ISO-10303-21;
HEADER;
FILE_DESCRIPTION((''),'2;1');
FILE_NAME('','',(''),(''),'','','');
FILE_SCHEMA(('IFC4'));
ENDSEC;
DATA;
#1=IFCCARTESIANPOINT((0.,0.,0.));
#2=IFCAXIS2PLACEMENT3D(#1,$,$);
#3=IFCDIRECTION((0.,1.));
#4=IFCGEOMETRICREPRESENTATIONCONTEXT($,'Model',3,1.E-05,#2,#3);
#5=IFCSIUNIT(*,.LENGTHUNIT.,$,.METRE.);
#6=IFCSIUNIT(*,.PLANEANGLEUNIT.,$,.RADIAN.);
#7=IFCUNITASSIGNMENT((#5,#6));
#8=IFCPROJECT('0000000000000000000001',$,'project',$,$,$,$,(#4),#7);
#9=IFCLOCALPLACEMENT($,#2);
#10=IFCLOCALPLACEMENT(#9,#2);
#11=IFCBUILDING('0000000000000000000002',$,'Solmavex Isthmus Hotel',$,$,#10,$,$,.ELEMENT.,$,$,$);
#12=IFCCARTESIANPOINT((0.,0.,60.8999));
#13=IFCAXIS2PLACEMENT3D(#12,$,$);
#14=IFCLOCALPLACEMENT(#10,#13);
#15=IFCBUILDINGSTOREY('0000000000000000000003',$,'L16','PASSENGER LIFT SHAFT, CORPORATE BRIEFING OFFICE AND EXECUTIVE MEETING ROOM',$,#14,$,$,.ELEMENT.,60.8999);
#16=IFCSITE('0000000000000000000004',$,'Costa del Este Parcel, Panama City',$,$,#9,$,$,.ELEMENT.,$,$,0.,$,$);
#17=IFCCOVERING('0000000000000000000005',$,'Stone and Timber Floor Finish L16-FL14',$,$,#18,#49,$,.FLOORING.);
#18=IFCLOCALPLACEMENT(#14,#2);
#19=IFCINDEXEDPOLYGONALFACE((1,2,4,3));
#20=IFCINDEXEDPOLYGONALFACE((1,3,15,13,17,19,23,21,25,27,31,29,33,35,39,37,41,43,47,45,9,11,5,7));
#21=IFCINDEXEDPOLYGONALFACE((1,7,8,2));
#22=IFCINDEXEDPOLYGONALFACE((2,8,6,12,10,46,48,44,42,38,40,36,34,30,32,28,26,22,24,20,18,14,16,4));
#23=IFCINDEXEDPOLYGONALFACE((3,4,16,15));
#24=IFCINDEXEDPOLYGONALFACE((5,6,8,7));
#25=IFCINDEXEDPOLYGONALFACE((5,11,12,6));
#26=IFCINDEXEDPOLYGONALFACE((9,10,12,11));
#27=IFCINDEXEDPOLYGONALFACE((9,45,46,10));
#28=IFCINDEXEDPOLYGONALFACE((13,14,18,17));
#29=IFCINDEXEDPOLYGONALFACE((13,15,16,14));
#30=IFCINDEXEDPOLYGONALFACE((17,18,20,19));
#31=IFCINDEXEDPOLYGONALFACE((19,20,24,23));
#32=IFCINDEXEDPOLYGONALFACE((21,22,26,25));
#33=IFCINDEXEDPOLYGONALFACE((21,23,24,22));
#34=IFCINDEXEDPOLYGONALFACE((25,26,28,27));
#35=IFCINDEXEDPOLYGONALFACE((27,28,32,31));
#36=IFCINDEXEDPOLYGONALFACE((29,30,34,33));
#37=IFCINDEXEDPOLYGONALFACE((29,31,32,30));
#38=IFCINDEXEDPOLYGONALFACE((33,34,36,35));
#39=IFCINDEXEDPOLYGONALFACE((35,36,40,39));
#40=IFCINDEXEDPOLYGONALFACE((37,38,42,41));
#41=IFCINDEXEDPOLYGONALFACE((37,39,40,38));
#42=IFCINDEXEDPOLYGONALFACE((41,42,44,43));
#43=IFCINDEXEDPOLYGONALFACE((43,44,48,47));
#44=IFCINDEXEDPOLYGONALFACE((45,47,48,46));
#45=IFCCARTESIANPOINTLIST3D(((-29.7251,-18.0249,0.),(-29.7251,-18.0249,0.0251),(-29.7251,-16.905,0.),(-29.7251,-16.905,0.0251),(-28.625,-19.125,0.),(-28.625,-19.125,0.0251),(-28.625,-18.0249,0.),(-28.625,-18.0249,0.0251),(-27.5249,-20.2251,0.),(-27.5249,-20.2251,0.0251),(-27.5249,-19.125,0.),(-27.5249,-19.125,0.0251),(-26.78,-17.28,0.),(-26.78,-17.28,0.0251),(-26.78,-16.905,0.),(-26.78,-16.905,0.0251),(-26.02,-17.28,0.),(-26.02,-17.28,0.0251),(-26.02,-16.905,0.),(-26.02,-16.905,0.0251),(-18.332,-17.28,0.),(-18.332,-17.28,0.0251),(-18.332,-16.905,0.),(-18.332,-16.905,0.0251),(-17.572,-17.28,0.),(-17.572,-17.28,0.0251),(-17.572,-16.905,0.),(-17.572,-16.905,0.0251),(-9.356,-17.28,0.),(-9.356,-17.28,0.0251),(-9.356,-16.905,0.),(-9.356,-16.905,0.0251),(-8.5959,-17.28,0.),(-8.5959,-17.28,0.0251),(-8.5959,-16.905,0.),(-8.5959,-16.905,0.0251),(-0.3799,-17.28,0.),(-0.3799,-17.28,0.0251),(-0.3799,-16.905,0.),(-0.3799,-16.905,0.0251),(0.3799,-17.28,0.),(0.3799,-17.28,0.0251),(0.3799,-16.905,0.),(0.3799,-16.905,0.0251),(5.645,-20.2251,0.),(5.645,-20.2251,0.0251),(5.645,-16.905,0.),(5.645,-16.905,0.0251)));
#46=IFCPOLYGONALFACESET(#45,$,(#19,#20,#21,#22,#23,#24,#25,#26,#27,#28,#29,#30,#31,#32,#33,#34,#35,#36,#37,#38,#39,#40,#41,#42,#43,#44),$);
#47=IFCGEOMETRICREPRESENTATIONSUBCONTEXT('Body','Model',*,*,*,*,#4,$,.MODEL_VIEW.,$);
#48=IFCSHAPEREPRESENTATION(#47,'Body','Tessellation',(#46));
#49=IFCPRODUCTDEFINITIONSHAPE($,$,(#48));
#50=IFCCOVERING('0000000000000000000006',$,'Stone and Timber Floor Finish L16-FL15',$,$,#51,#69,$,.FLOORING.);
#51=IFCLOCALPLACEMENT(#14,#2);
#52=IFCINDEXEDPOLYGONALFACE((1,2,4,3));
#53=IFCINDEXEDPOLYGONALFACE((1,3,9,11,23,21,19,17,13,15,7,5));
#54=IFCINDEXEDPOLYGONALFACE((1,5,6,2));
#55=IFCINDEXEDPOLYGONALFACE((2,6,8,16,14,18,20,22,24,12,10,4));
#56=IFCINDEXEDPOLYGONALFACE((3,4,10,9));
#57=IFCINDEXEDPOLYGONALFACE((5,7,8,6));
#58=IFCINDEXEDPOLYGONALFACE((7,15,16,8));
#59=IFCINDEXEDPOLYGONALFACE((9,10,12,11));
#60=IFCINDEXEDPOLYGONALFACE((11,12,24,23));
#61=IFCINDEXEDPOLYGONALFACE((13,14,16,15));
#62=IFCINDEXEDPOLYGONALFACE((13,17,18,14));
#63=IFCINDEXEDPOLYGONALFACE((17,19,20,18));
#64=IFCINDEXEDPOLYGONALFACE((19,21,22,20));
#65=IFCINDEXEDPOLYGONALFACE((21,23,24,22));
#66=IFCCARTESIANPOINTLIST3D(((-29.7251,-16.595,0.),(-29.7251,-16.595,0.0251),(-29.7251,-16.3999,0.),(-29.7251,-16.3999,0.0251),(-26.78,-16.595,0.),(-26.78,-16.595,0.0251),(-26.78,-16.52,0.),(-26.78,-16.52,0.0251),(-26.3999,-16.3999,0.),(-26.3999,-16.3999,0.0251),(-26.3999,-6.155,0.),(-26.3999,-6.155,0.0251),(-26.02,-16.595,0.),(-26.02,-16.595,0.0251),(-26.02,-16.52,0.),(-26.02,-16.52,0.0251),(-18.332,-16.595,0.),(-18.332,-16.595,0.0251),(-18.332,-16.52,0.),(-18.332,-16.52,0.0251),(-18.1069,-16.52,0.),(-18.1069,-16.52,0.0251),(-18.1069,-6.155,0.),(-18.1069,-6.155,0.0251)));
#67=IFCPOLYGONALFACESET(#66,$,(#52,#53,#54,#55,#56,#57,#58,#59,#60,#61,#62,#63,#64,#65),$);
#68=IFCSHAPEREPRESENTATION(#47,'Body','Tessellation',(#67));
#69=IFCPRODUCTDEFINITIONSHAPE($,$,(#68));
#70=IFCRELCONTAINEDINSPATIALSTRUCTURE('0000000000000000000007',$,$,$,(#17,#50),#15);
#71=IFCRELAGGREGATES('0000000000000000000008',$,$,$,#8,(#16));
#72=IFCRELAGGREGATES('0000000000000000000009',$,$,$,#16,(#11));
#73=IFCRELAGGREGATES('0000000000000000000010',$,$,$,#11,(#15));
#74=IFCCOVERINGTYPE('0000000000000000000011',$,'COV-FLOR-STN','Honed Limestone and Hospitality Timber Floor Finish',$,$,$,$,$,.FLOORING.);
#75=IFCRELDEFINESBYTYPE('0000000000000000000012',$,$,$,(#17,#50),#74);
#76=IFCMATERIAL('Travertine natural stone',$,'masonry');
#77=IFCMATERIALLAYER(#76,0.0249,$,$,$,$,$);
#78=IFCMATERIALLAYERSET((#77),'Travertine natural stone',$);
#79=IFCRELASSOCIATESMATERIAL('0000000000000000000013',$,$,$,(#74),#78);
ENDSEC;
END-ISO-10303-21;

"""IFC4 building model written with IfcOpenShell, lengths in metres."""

from ifc_helpers import new_model, si_unit, direction, frame, origin, place, context, subcontext, project, spatial, polyline, outline, extrude, material, layer, layer_set, type_object, element, save


model = new_model("IFC4")

# Units and contexts
model_context = context("Model", 3, precision=1e-05, world=origin(), true_north=direction((0.0, 1.0)))
body_context = subcontext(model_context, "Body", "Model", "MODEL_VIEW")
ifc_project = project(units=[si_unit("LENGTHUNIT", "METRE"), si_unit("PLANEANGLEUNIT", "RADIAN")], contexts=[model_context])

# Site, building, storey
site_placement = place(None, origin())
site = spatial("IfcSite", under=ifc_project, at=site_placement, Name="Costa del Este Parcel, Panama City", CompositionType="ELEMENT", RefElevation=0.0)
building_placement = place(site_placement, origin())
building = spatial("IfcBuilding", under=site, at=building_placement, Name="Solmavex Isthmus Hotel", CompositionType="ELEMENT")
storey_placement = place(building_placement, frame((0.0, 0.0, 60.8999)))
storey = spatial("IfcBuildingStorey", under=building, at=storey_placement, Name="L16", Description="PASSENGER LIFT SHAFT, CORPORATE BRIEFING OFFICE AND EXECUTIVE MEETING ROOM", CompositionType="ELEMENT", Elevation=60.8999)

# Coverings
ifc_material_1 = material(Name="Travertine natural stone", Category="masonry")
ifc_layer_1 = layer(ifc_material_1, 0.0249)
ifc_layer_set_1 = layer_set([ifc_layer_1], Name="Travertine natural stone")
covering_type_1 = type_object("IfcCoveringType", Name="COV-FLOR-STN", Description="Honed Limestone and Hospitality Timber Floor Finish", PredefinedType="FLOORING", material=ifc_layer_set_1)
covering_1_placement = place(storey_placement, origin())
element("IfcCovering", 1, at=covering_1_placement, inside=storey, type_object=covering_type_1, Name="Stone and Timber Floor Finish L16-FL14", PredefinedType="FLOORING", context=body_context, shape_type="SweptSolid", body=[
    extrude(outline(polyline([(-26.02, -16.905), (-26.02, -17.28), (-26.78, -17.28), (-26.78, -16.905), (-29.7251, -16.905), (-29.7251, -18.0249), (-28.625, -18.0249), (-28.625, -19.125), (-27.5249, -19.125), (-27.5249, -20.2251), (5.645, -20.2251), (5.645, -16.905), (0.3799, -16.905), (0.3799, -17.28), (-0.3799, -17.28), (-0.3799, -16.905), (-8.5959, -16.905), (-8.5959, -17.28), (-9.356, -17.28), (-9.356, -16.905), (-17.572, -16.905), (-17.572, -17.28), (-18.332, -17.28), (-18.332, -16.905), (-26.02, -16.905)])), origin(), (0.0, 0.0, 1.0), 0.0251),
])
covering_2_placement = place(storey_placement, origin())
element("IfcCovering", 2, at=covering_2_placement, inside=storey, type_object=covering_type_1, Name="Stone and Timber Floor Finish L16-FL15", PredefinedType="FLOORING", context=body_context, shape_type="SweptSolid", body=[
    extrude(outline(polyline([(-26.78, -16.595), (-26.78, -16.52), (-26.02, -16.52), (-26.02, -16.595), (-18.332, -16.595), (-18.332, -16.52), (-18.1069, -16.52), (-18.1069, -6.155), (-26.3999, -6.155), (-26.3999, -16.3999), (-29.7251, -16.3999), (-29.7251, -16.595), (-26.78, -16.595)])), origin(), (0.0, 0.0, 1.0), 0.0251),
])

save(model, "model.ifc")
